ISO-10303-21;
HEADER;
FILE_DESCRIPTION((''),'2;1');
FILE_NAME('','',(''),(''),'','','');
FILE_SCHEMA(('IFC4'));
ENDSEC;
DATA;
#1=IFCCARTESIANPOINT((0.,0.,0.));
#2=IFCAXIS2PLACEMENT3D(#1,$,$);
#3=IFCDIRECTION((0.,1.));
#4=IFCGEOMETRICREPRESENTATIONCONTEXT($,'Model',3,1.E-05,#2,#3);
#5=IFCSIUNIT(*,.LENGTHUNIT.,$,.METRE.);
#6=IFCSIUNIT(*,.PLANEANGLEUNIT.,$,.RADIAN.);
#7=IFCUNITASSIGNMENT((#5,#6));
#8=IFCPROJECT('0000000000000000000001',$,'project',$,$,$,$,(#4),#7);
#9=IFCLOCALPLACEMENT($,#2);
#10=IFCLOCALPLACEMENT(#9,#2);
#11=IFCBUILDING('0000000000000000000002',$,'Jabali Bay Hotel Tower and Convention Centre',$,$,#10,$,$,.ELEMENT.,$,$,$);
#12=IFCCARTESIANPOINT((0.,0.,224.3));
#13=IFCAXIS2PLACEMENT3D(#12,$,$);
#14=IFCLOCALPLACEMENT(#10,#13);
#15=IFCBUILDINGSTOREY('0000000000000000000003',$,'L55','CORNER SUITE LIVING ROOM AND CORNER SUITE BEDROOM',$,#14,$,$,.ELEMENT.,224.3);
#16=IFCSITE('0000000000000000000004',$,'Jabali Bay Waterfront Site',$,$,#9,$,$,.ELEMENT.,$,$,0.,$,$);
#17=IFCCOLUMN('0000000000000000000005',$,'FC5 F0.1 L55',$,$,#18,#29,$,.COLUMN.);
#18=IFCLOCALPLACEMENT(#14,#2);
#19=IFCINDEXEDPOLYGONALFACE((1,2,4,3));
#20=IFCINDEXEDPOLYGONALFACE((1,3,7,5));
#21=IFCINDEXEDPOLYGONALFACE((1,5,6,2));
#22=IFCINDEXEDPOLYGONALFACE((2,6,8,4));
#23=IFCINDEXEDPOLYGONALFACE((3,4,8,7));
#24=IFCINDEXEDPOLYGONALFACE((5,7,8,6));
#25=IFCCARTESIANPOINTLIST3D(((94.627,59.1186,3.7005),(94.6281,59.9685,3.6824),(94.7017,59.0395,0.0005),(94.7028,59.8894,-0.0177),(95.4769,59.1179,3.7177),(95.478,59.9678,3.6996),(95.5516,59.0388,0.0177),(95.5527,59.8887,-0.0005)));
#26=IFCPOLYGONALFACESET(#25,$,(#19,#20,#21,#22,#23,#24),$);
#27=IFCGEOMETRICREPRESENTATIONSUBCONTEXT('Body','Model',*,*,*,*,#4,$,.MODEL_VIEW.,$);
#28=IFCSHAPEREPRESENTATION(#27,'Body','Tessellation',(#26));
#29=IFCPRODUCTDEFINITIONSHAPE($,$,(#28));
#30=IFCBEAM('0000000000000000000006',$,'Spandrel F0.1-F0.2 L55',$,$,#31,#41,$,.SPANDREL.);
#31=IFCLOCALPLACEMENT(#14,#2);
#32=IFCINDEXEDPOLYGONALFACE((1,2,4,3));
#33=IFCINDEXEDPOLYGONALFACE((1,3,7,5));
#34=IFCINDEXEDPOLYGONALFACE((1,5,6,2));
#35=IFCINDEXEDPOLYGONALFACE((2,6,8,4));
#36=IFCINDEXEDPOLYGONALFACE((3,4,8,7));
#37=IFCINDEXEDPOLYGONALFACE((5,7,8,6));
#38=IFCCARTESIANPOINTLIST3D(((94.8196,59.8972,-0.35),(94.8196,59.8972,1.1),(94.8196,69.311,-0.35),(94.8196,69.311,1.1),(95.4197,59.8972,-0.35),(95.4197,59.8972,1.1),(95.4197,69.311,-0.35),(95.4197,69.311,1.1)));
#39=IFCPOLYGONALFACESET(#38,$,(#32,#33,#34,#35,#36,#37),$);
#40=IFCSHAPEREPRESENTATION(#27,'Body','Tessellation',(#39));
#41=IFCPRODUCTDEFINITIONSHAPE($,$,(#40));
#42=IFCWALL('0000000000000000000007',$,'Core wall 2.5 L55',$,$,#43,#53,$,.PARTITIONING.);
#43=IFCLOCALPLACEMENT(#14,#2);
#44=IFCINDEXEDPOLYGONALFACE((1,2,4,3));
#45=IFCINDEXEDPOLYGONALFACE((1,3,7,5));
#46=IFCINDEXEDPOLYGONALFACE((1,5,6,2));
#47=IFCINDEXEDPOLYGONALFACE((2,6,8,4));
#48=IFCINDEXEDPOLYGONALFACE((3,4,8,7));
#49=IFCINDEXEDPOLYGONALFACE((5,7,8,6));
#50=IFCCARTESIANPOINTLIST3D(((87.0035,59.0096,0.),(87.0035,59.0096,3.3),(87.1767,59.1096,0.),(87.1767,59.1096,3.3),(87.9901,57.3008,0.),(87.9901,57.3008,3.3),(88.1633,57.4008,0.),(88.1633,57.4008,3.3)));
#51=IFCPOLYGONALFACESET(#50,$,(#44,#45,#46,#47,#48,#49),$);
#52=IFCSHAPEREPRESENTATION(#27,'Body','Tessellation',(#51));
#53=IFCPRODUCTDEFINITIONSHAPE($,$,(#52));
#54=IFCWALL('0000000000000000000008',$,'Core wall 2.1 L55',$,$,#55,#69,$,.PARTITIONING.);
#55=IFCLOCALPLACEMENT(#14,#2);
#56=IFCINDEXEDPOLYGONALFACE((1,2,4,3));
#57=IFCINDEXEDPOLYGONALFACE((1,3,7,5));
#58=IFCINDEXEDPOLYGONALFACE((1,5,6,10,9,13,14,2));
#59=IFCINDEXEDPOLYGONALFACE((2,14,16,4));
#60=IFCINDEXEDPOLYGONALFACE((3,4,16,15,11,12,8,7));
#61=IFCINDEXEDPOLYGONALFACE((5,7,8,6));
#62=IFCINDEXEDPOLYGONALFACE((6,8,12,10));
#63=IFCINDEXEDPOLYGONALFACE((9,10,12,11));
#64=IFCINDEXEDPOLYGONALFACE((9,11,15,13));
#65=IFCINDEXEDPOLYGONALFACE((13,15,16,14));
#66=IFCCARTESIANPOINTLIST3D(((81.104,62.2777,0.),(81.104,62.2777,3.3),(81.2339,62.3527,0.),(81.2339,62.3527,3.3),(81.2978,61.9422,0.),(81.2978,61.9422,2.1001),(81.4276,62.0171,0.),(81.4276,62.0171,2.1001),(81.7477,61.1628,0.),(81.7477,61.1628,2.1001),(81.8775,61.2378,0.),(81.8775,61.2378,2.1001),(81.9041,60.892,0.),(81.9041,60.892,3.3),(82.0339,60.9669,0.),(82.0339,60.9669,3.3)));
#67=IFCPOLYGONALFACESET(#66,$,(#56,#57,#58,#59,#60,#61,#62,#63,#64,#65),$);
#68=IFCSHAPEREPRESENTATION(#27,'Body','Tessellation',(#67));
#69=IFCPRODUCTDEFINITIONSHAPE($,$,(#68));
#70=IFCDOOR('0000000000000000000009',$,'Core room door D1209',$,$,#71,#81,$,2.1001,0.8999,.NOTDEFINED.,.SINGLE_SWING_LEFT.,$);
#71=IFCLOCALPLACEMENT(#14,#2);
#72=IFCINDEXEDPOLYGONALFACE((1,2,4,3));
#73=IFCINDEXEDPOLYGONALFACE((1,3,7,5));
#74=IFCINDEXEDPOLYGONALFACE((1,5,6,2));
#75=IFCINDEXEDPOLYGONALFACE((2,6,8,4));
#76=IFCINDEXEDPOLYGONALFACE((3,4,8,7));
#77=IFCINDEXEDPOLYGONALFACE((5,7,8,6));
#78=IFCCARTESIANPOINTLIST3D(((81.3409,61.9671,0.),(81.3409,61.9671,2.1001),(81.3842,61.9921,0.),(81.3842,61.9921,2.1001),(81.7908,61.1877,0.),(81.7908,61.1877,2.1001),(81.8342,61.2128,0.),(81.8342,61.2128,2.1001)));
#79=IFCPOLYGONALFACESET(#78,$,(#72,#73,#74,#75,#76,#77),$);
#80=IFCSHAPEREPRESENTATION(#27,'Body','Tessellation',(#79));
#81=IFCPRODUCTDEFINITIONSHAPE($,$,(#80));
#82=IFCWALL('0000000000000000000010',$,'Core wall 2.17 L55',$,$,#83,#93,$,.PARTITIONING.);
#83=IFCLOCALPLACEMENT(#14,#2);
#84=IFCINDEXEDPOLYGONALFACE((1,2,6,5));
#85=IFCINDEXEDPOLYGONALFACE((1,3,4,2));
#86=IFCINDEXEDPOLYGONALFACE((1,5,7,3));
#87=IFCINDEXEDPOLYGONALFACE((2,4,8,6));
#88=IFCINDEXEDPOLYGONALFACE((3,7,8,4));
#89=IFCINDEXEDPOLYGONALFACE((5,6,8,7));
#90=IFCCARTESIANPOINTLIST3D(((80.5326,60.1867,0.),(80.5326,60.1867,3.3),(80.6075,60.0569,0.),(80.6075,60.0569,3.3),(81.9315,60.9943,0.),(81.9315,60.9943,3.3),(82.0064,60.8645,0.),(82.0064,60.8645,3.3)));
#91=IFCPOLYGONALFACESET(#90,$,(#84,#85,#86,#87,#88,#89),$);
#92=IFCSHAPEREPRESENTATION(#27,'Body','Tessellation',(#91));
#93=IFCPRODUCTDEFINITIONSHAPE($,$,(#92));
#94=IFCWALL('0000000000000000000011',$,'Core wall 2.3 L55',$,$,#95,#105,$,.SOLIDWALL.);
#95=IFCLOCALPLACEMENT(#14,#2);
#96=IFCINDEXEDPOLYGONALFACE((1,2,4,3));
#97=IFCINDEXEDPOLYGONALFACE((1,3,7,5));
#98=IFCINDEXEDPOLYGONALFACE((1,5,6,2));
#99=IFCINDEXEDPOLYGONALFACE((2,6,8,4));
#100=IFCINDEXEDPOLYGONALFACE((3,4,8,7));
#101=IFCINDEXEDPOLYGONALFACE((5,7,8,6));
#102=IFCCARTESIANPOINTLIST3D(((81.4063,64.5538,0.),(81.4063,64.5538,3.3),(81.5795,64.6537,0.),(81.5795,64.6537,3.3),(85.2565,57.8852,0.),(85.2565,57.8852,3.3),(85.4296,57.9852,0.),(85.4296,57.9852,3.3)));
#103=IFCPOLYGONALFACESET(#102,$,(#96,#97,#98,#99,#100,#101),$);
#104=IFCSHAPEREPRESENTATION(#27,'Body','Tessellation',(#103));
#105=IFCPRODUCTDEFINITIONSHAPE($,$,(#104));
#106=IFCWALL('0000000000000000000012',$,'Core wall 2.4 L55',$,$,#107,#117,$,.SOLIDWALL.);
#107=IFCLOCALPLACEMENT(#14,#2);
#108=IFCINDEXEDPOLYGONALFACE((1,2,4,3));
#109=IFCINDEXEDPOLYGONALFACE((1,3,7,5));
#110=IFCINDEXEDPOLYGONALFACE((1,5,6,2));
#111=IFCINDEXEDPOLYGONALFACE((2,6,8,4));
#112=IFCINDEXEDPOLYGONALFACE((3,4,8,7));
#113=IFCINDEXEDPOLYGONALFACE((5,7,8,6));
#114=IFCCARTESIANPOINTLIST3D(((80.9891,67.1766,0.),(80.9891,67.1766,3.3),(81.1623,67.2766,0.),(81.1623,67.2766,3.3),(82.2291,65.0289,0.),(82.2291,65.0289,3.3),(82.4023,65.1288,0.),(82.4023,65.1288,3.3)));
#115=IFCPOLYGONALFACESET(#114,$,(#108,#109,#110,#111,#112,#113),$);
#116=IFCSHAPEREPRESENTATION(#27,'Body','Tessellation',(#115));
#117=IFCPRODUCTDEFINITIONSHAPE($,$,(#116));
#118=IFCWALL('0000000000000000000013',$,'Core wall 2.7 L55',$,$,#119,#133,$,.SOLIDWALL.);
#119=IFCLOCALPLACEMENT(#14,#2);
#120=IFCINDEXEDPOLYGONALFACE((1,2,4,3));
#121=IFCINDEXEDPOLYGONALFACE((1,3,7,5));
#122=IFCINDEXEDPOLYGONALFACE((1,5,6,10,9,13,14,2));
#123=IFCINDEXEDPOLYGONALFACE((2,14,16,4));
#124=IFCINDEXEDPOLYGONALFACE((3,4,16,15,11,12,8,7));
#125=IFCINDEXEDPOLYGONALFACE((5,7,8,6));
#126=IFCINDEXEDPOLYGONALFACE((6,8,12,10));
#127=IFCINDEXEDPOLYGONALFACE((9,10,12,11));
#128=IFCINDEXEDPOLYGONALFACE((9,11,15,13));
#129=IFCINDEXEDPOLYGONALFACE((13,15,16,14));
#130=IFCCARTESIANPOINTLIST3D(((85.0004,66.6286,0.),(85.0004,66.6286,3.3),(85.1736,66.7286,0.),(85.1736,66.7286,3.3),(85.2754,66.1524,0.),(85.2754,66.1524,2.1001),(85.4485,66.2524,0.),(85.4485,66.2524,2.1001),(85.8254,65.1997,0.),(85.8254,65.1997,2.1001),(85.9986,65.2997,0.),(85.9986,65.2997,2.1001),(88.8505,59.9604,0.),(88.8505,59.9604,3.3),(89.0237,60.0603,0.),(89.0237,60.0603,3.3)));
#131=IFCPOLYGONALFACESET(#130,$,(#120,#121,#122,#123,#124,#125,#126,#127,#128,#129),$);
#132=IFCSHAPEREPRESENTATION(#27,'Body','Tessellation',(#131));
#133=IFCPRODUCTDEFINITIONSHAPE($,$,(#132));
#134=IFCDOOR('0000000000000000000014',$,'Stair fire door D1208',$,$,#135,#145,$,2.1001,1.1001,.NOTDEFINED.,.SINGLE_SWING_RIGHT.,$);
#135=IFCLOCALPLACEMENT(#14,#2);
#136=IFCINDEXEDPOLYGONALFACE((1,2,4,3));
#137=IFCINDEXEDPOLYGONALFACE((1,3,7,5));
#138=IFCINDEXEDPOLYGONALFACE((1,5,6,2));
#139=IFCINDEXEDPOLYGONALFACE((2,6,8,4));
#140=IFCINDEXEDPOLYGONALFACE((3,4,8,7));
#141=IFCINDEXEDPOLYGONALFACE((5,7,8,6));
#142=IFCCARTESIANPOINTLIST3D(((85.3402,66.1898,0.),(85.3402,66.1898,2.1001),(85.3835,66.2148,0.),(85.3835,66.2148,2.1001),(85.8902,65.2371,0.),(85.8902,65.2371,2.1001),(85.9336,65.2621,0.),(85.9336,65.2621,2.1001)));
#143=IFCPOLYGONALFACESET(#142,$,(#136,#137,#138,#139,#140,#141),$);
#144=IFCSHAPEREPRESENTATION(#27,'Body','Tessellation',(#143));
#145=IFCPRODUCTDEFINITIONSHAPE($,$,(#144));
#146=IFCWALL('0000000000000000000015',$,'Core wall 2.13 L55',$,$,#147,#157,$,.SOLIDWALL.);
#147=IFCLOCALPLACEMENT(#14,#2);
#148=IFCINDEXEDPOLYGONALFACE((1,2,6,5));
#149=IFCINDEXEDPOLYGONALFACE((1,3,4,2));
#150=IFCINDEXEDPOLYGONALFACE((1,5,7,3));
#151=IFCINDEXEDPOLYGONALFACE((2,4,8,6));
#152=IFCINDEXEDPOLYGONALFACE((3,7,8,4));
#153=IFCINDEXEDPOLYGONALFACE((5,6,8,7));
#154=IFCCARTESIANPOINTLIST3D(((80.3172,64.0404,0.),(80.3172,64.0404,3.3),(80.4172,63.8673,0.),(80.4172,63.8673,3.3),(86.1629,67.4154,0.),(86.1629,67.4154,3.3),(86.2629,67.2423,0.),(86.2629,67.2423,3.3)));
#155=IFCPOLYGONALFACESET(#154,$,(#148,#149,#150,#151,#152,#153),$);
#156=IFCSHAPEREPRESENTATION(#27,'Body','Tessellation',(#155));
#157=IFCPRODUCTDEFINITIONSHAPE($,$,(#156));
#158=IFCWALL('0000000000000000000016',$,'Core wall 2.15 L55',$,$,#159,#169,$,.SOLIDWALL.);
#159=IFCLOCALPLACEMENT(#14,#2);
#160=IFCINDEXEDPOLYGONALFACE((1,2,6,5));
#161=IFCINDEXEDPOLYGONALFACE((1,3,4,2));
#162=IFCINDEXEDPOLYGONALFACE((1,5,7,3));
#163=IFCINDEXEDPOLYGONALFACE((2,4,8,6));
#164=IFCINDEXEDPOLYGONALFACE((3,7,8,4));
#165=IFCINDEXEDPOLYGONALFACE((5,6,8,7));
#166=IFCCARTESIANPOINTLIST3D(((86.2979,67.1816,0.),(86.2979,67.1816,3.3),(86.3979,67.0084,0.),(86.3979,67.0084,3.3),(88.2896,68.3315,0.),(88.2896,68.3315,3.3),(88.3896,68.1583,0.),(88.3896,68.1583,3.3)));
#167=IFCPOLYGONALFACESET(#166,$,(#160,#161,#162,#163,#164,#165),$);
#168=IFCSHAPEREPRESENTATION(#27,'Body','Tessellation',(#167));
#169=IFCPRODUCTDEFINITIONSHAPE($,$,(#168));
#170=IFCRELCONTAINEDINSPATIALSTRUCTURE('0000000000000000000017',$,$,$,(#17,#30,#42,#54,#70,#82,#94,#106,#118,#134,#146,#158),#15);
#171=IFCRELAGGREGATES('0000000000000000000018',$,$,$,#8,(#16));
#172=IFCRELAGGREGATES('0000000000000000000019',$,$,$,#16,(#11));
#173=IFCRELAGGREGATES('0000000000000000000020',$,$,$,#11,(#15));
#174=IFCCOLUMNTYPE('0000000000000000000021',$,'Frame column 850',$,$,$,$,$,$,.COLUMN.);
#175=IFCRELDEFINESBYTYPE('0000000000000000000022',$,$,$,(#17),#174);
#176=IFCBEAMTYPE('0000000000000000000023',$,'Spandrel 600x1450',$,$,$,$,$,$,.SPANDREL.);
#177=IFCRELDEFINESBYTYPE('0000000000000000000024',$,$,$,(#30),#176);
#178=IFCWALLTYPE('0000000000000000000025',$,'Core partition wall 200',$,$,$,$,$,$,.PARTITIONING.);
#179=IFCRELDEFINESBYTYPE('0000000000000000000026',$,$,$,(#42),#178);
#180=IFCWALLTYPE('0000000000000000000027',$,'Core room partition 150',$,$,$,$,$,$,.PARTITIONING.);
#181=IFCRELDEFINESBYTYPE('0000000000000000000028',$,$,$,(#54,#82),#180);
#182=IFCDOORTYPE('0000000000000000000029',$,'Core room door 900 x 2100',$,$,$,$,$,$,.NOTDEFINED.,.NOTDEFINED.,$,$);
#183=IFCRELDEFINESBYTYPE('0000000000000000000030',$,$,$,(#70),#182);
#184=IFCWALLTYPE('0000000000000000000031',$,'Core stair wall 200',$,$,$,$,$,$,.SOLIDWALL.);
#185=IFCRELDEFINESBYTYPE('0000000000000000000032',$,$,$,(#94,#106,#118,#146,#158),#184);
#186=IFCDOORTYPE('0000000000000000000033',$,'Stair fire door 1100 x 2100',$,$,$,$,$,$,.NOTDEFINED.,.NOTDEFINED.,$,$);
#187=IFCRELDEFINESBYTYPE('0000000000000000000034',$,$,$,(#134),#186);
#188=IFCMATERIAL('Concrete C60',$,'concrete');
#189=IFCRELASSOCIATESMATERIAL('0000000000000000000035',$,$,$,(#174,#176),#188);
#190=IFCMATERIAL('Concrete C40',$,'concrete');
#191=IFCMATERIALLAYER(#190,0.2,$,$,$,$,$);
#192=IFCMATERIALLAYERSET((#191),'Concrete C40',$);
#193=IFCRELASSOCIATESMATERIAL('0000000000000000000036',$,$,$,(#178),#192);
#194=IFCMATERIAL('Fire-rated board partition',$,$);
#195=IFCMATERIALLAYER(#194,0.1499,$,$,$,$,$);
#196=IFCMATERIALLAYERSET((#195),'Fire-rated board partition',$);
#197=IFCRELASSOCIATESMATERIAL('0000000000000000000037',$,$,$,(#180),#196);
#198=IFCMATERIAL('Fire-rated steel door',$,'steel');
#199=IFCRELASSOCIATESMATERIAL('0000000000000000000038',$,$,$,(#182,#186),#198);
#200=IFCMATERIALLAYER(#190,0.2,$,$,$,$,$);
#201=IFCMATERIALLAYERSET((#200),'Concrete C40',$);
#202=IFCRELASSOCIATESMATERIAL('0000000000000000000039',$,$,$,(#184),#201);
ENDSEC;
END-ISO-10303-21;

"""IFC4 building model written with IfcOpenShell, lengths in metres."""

from ifc_helpers import new_model, si_unit, direction, frame, frame_2d, origin, origin_2d, place, context, subcontext, project, spatial, rectangle, extrude, material, layer, layer_set, material_profile, profile_set, type_object, element, fill, save


model = new_model("IFC4")

# Units and contexts
model_context = context("Model", 3, precision=1e-05, world=origin(), true_north=direction((0.0, 1.0)))
body_context = subcontext(model_context, "Body", "Model", "MODEL_VIEW")
ifc_project = project(units=[si_unit("LENGTHUNIT", "METRE"), si_unit("PLANEANGLEUNIT", "RADIAN")], contexts=[model_context])

# Site, building, storey
site_placement = place(None, origin())
site = spatial("IfcSite", under=ifc_project, at=site_placement, Name="Jabali Bay Waterfront Site", CompositionType="ELEMENT", RefElevation=0.0)
building_placement = place(site_placement, origin())
building = spatial("IfcBuilding", under=site, at=building_placement, Name="Jabali Bay Hotel Tower and Convention Centre", CompositionType="ELEMENT")
storey_placement = place(building_placement, frame((0.0, 0.0, 224.3)))
storey = spatial("IfcBuildingStorey", under=building, at=storey_placement, Name="L55", Description="CORNER SUITE LIVING ROOM AND CORNER SUITE BEDROOM", CompositionType="ELEMENT", Elevation=224.3)

# Column
ifc_material_1 = material(Name="Concrete C60", Category="concrete")
ifc_material_profile_1 = material_profile(ifc_material_1, rectangle(XDim=0.8501, YDim=0.8501, at=origin_2d()), Name="Frame column 850")
ifc_profile_set_1 = profile_set([ifc_material_profile_1], Name="Concrete C60")
column_type = type_object("IfcColumnType", Name="Frame column 850", PredefinedType="COLUMN", material=ifc_profile_set_1)
column_placement = place(storey_placement, frame((95.1272, 59.4641, 0.0), z_axis=(-0.020183, 0.02137, 0.999568), x_axis=(-0.001322, -0.999771, 0.021348)))
element("IfcColumn", 1, at=column_placement, inside=storey, type_object=column_type, Name="FC5 F0.1 L55", PredefinedType="COLUMN", context=body_context, shape_type="SweptSolid", body=[
    extrude(rectangle(XDim=0.8501, YDim=0.8501, at=origin_2d()), origin(), (0.0, 0.0, 1.0), 3.7017),
])

# Beam
ifc_material_profile_2 = material_profile(ifc_material_1, rectangle(XDim=0.6001, YDim=1.45, at=origin_2d()), Name="Spandrel 600x1450")
ifc_profile_set_2 = profile_set([ifc_material_profile_2], Name="Concrete C60")
beam_type = type_object("IfcBeamType", Name="Spandrel 600x1450", PredefinedType="SPANDREL", material=ifc_profile_set_2)
beam_placement = place(storey_placement, frame((95.1196, 59.8972, 0.375), z_axis=(0.0, 1.0, 0.0), x_axis=(-1.0, 0.0, 0.0)))
element("IfcBeam", 2, at=beam_placement, inside=storey, type_object=beam_type, Name="Spandrel F0.1-F0.2 L55", PredefinedType="SPANDREL", context=body_context, shape_type="SweptSolid", body=[
    extrude(rectangle(XDim=0.6001, YDim=1.45, at=origin_2d()), origin(), (0.0, 0.0, 1.0), 9.4138),
])

# Wall
ifc_material_2 = material(Name="Concrete C40", Category="concrete")
ifc_layer_1 = layer(ifc_material_2, 0.2)
ifc_layer_set_1 = layer_set([ifc_layer_1], Name="Concrete C40")
wall_type_1 = type_object("IfcWallType", Name="Core partition wall 200", PredefinedType="PARTITIONING", material=ifc_layer_set_1)
wall_1_placement = place(storey_placement, frame((87.0901, 59.0596, 0.0), z_axis=(0.0, 0.0, 1.0), x_axis=(0.500012, -0.866019, 0.0)))
element("IfcWall", 3, at=wall_1_placement, inside=storey, type_object=wall_type_1, Name="Core wall 2.5 L55", PredefinedType="PARTITIONING", context=body_context, shape_type="SweptSolid", body=[
    extrude(rectangle(XDim=1.9731, YDim=0.2, at=frame_2d((0.9866, 0.0))), origin(), (0.0, 0.0, 1.0), 3.3),
])

# Wall, opening, door
ifc_material_3 = material(Name="Fire-rated board partition")
ifc_layer_2 = layer(ifc_material_3, 0.1499)
ifc_layer_set_2 = layer_set([ifc_layer_2], Name="Fire-rated board partition")
wall_type_2 = type_object("IfcWallType", Name="Core room partition 150", PredefinedType="PARTITIONING", material=ifc_layer_set_2)
wall_2_placement = place(storey_placement, frame((81.1689, 62.3152, 0.0), z_axis=(0.0, 0.0, 1.0), x_axis=(0.499995, -0.866028, 0.0)))
wall_2 = element("IfcWall", 4, at=wall_2_placement, inside=storey, type_object=wall_type_2, Name="Core wall 2.1 L55", PredefinedType="PARTITIONING", context=body_context, shape_type="SweptSolid", body=[
    extrude(rectangle(XDim=1.6001, YDim=0.1499, at=frame_2d((0.8, 0.0))), origin(), (0.0, 0.0, 1.0), 3.3),
])
opening_1_placement = place(wall_2_placement, frame((0.3875, 0.0, 0.0)))
opening_1 = element("IfcOpeningElement", 5, at=opening_1_placement, cuts=wall_2, PredefinedType="OPENING", context=body_context, shape_type="SweptSolid", body=[
    extrude(rectangle(XDim=0.8999, YDim=2.1001, at=frame_2d((0.45, 1.05))), frame((0.0, 0.0854, 0.0), z_axis=(0.0, -1.0, 0.0), x_axis=(1.0, 0.0, 0.0)), (0.0, 0.0, 1.0), 0.1709),
])
ifc_material_4 = material(Name="Fire-rated steel door", Category="steel")
door_type_1 = type_object("IfcDoorType", Name="Core room door 900 x 2100", OperationType="NOTDEFINED", PredefinedType="NOTDEFINED", material=ifc_material_4)
door_1_placement = place(opening_1_placement, origin())
door_1 = element("IfcDoor", 6, at=door_1_placement, inside=storey, type_object=door_type_1, Name="Core room door D1209", OperationType="SINGLE_SWING_LEFT", OverallHeight=2.1001, OverallWidth=0.8999, PredefinedType="NOTDEFINED", context=body_context, shape_type="SweptSolid", body=[
    extrude(rectangle(XDim=0.8999, YDim=2.1001, at=frame_2d((0.45, 1.05))), frame((0.0, 0.0249, 0.0), z_axis=(0.0, -1.0, 0.0), x_axis=(1.0, 0.0, 0.0)), (0.0, 0.0, 1.0), 0.05),
])
fill(opening_1, door_1)

# Walls
wall_3_placement = place(storey_placement, frame((80.5701, 60.1218, 0.0), z_axis=(0.0, 0.0, 1.0), x_axis=(0.86604, 0.499975, 0.0)))
element("IfcWall", 7, at=wall_3_placement, inside=storey, type_object=wall_type_2, Name="Core wall 2.17 L55", PredefinedType="PARTITIONING", context=body_context, shape_type="SweptSolid", body=[
    extrude(rectangle(XDim=1.6152, YDim=0.1499, at=frame_2d((0.8076, 0.0))), origin(), (0.0, 0.0, 1.0), 3.3),
])
ifc_layer_3 = layer(ifc_material_2, 0.2)
ifc_layer_set_3 = layer_set([ifc_layer_3], Name="Concrete C40")
wall_type_3 = type_object("IfcWallType", Name="Core stair wall 200", PredefinedType="SOLIDWALL", material=ifc_layer_set_3)
wall_4_placement = place(storey_placement, frame((81.4929, 64.6038, 0.0), z_axis=(0.0, 0.0, 1.0), x_axis=(0.500006, -0.866022, 0.0)))
element("IfcWall", 8, at=wall_4_placement, inside=storey, type_object=wall_type_3, Name="Core wall 2.3 L55", PredefinedType="SOLIDWALL", context=body_context, shape_type="SweptSolid", body=[
    extrude(rectangle(XDim=7.7002, YDim=0.2, at=frame_2d((3.8501, 0.0))), origin(), (0.0, 0.0, 1.0), 3.3),
])
wall_5_placement = place(storey_placement, frame((81.0757, 67.2266, 0.0), z_axis=(0.0, 0.0, 1.0), x_axis=(0.500004, -0.866023, 0.0)))
element("IfcWall", 9, at=wall_5_placement, inside=storey, type_object=wall_type_3, Name="Core wall 2.4 L55", PredefinedType="SOLIDWALL", context=body_context, shape_type="SweptSolid", body=[
    extrude(rectangle(XDim=2.48, YDim=0.2, at=frame_2d((1.24, 0.0))), origin(), (0.0, 0.0, 1.0), 3.3),
])

# Wall, opening, door
wall_6_placement = place(storey_placement, frame((85.0869, 66.6787, 0.0), z_axis=(0.0, 0.0, 1.0), x_axis=(0.50002, -0.866014, 0.0)))
wall_6 = element("IfcWall", 10, at=wall_6_placement, inside=storey, type_object=wall_type_3, Name="Core wall 2.7 L55", PredefinedType="SOLIDWALL", context=body_context, shape_type="SweptSolid", body=[
    extrude(rectangle(XDim=7.7, YDim=0.2, at=frame_2d((3.8501, 0.0))), origin(), (0.0, 0.0, 1.0), 3.3),
])
opening_2_placement = place(wall_6_placement, frame((0.55, 0.0, 0.0)))
opening_2 = element("IfcOpeningElement", 11, at=opening_2_placement, cuts=wall_6, PredefinedType="OPENING", context=body_context, shape_type="SweptSolid", body=[
    extrude(rectangle(XDim=1.1001, YDim=2.1001, at=frame_2d((0.55, 1.05))), frame((0.0, 0.1104, 0.0), z_axis=(0.0, -1.0, 0.0), x_axis=(1.0, 0.0, 0.0)), (0.0, 0.0, 1.0), 0.2209),
])
door_type_2 = type_object("IfcDoorType", Name="Stair fire door 1100 x 2100", OperationType="NOTDEFINED", PredefinedType="NOTDEFINED", material=ifc_material_4)
door_2_placement = place(opening_2_placement, origin())
door_2 = element("IfcDoor", 12, at=door_2_placement, inside=storey, type_object=door_type_2, Name="Stair fire door D1208", OperationType="SINGLE_SWING_RIGHT", OverallHeight=2.1001, OverallWidth=1.1001, PredefinedType="NOTDEFINED", context=body_context, shape_type="SweptSolid", body=[
    extrude(rectangle(XDim=1.1001, YDim=2.1001, at=frame_2d((0.55, 1.05))), frame((0.0, 0.0249, 0.0), z_axis=(0.0, -1.0, 0.0), x_axis=(1.0, 0.0, 0.0)), (0.0, 0.0, 1.0), 0.05),
])
fill(opening_2, door_2)

# Walls
wall_7_placement = place(storey_placement, frame((80.3672, 63.9539, 0.0), z_axis=(0.0, 0.0, 1.0), x_axis=(0.866027, 0.499998, 0.0)))
element("IfcWall", 13, at=wall_7_placement, inside=storey, type_object=wall_type_3, Name="Core wall 2.13 L55", PredefinedType="SOLIDWALL", context=body_context, shape_type="SweptSolid", body=[
    extrude(rectangle(XDim=6.75, YDim=0.2, at=frame_2d((3.375, 0.0))), origin(), (0.0, 0.0, 1.0), 3.3),
])
wall_8_placement = place(storey_placement, frame((86.3479, 67.095, 0.0), z_axis=(0.0, 0.0, 1.0), x_axis=(0.866026, 0.499998, 0.0)))
element("IfcWall", 14, at=wall_8_placement, inside=storey, type_object=wall_type_3, Name="Core wall 2.15 L55", PredefinedType="SOLIDWALL", context=body_context, shape_type="SweptSolid", body=[
    extrude(rectangle(XDim=2.2998, YDim=0.2, at=frame_2d((1.1499, 0.0))), origin(), (0.0, 0.0, 1.0), 3.3),
])

save(model, "model.ifc")
